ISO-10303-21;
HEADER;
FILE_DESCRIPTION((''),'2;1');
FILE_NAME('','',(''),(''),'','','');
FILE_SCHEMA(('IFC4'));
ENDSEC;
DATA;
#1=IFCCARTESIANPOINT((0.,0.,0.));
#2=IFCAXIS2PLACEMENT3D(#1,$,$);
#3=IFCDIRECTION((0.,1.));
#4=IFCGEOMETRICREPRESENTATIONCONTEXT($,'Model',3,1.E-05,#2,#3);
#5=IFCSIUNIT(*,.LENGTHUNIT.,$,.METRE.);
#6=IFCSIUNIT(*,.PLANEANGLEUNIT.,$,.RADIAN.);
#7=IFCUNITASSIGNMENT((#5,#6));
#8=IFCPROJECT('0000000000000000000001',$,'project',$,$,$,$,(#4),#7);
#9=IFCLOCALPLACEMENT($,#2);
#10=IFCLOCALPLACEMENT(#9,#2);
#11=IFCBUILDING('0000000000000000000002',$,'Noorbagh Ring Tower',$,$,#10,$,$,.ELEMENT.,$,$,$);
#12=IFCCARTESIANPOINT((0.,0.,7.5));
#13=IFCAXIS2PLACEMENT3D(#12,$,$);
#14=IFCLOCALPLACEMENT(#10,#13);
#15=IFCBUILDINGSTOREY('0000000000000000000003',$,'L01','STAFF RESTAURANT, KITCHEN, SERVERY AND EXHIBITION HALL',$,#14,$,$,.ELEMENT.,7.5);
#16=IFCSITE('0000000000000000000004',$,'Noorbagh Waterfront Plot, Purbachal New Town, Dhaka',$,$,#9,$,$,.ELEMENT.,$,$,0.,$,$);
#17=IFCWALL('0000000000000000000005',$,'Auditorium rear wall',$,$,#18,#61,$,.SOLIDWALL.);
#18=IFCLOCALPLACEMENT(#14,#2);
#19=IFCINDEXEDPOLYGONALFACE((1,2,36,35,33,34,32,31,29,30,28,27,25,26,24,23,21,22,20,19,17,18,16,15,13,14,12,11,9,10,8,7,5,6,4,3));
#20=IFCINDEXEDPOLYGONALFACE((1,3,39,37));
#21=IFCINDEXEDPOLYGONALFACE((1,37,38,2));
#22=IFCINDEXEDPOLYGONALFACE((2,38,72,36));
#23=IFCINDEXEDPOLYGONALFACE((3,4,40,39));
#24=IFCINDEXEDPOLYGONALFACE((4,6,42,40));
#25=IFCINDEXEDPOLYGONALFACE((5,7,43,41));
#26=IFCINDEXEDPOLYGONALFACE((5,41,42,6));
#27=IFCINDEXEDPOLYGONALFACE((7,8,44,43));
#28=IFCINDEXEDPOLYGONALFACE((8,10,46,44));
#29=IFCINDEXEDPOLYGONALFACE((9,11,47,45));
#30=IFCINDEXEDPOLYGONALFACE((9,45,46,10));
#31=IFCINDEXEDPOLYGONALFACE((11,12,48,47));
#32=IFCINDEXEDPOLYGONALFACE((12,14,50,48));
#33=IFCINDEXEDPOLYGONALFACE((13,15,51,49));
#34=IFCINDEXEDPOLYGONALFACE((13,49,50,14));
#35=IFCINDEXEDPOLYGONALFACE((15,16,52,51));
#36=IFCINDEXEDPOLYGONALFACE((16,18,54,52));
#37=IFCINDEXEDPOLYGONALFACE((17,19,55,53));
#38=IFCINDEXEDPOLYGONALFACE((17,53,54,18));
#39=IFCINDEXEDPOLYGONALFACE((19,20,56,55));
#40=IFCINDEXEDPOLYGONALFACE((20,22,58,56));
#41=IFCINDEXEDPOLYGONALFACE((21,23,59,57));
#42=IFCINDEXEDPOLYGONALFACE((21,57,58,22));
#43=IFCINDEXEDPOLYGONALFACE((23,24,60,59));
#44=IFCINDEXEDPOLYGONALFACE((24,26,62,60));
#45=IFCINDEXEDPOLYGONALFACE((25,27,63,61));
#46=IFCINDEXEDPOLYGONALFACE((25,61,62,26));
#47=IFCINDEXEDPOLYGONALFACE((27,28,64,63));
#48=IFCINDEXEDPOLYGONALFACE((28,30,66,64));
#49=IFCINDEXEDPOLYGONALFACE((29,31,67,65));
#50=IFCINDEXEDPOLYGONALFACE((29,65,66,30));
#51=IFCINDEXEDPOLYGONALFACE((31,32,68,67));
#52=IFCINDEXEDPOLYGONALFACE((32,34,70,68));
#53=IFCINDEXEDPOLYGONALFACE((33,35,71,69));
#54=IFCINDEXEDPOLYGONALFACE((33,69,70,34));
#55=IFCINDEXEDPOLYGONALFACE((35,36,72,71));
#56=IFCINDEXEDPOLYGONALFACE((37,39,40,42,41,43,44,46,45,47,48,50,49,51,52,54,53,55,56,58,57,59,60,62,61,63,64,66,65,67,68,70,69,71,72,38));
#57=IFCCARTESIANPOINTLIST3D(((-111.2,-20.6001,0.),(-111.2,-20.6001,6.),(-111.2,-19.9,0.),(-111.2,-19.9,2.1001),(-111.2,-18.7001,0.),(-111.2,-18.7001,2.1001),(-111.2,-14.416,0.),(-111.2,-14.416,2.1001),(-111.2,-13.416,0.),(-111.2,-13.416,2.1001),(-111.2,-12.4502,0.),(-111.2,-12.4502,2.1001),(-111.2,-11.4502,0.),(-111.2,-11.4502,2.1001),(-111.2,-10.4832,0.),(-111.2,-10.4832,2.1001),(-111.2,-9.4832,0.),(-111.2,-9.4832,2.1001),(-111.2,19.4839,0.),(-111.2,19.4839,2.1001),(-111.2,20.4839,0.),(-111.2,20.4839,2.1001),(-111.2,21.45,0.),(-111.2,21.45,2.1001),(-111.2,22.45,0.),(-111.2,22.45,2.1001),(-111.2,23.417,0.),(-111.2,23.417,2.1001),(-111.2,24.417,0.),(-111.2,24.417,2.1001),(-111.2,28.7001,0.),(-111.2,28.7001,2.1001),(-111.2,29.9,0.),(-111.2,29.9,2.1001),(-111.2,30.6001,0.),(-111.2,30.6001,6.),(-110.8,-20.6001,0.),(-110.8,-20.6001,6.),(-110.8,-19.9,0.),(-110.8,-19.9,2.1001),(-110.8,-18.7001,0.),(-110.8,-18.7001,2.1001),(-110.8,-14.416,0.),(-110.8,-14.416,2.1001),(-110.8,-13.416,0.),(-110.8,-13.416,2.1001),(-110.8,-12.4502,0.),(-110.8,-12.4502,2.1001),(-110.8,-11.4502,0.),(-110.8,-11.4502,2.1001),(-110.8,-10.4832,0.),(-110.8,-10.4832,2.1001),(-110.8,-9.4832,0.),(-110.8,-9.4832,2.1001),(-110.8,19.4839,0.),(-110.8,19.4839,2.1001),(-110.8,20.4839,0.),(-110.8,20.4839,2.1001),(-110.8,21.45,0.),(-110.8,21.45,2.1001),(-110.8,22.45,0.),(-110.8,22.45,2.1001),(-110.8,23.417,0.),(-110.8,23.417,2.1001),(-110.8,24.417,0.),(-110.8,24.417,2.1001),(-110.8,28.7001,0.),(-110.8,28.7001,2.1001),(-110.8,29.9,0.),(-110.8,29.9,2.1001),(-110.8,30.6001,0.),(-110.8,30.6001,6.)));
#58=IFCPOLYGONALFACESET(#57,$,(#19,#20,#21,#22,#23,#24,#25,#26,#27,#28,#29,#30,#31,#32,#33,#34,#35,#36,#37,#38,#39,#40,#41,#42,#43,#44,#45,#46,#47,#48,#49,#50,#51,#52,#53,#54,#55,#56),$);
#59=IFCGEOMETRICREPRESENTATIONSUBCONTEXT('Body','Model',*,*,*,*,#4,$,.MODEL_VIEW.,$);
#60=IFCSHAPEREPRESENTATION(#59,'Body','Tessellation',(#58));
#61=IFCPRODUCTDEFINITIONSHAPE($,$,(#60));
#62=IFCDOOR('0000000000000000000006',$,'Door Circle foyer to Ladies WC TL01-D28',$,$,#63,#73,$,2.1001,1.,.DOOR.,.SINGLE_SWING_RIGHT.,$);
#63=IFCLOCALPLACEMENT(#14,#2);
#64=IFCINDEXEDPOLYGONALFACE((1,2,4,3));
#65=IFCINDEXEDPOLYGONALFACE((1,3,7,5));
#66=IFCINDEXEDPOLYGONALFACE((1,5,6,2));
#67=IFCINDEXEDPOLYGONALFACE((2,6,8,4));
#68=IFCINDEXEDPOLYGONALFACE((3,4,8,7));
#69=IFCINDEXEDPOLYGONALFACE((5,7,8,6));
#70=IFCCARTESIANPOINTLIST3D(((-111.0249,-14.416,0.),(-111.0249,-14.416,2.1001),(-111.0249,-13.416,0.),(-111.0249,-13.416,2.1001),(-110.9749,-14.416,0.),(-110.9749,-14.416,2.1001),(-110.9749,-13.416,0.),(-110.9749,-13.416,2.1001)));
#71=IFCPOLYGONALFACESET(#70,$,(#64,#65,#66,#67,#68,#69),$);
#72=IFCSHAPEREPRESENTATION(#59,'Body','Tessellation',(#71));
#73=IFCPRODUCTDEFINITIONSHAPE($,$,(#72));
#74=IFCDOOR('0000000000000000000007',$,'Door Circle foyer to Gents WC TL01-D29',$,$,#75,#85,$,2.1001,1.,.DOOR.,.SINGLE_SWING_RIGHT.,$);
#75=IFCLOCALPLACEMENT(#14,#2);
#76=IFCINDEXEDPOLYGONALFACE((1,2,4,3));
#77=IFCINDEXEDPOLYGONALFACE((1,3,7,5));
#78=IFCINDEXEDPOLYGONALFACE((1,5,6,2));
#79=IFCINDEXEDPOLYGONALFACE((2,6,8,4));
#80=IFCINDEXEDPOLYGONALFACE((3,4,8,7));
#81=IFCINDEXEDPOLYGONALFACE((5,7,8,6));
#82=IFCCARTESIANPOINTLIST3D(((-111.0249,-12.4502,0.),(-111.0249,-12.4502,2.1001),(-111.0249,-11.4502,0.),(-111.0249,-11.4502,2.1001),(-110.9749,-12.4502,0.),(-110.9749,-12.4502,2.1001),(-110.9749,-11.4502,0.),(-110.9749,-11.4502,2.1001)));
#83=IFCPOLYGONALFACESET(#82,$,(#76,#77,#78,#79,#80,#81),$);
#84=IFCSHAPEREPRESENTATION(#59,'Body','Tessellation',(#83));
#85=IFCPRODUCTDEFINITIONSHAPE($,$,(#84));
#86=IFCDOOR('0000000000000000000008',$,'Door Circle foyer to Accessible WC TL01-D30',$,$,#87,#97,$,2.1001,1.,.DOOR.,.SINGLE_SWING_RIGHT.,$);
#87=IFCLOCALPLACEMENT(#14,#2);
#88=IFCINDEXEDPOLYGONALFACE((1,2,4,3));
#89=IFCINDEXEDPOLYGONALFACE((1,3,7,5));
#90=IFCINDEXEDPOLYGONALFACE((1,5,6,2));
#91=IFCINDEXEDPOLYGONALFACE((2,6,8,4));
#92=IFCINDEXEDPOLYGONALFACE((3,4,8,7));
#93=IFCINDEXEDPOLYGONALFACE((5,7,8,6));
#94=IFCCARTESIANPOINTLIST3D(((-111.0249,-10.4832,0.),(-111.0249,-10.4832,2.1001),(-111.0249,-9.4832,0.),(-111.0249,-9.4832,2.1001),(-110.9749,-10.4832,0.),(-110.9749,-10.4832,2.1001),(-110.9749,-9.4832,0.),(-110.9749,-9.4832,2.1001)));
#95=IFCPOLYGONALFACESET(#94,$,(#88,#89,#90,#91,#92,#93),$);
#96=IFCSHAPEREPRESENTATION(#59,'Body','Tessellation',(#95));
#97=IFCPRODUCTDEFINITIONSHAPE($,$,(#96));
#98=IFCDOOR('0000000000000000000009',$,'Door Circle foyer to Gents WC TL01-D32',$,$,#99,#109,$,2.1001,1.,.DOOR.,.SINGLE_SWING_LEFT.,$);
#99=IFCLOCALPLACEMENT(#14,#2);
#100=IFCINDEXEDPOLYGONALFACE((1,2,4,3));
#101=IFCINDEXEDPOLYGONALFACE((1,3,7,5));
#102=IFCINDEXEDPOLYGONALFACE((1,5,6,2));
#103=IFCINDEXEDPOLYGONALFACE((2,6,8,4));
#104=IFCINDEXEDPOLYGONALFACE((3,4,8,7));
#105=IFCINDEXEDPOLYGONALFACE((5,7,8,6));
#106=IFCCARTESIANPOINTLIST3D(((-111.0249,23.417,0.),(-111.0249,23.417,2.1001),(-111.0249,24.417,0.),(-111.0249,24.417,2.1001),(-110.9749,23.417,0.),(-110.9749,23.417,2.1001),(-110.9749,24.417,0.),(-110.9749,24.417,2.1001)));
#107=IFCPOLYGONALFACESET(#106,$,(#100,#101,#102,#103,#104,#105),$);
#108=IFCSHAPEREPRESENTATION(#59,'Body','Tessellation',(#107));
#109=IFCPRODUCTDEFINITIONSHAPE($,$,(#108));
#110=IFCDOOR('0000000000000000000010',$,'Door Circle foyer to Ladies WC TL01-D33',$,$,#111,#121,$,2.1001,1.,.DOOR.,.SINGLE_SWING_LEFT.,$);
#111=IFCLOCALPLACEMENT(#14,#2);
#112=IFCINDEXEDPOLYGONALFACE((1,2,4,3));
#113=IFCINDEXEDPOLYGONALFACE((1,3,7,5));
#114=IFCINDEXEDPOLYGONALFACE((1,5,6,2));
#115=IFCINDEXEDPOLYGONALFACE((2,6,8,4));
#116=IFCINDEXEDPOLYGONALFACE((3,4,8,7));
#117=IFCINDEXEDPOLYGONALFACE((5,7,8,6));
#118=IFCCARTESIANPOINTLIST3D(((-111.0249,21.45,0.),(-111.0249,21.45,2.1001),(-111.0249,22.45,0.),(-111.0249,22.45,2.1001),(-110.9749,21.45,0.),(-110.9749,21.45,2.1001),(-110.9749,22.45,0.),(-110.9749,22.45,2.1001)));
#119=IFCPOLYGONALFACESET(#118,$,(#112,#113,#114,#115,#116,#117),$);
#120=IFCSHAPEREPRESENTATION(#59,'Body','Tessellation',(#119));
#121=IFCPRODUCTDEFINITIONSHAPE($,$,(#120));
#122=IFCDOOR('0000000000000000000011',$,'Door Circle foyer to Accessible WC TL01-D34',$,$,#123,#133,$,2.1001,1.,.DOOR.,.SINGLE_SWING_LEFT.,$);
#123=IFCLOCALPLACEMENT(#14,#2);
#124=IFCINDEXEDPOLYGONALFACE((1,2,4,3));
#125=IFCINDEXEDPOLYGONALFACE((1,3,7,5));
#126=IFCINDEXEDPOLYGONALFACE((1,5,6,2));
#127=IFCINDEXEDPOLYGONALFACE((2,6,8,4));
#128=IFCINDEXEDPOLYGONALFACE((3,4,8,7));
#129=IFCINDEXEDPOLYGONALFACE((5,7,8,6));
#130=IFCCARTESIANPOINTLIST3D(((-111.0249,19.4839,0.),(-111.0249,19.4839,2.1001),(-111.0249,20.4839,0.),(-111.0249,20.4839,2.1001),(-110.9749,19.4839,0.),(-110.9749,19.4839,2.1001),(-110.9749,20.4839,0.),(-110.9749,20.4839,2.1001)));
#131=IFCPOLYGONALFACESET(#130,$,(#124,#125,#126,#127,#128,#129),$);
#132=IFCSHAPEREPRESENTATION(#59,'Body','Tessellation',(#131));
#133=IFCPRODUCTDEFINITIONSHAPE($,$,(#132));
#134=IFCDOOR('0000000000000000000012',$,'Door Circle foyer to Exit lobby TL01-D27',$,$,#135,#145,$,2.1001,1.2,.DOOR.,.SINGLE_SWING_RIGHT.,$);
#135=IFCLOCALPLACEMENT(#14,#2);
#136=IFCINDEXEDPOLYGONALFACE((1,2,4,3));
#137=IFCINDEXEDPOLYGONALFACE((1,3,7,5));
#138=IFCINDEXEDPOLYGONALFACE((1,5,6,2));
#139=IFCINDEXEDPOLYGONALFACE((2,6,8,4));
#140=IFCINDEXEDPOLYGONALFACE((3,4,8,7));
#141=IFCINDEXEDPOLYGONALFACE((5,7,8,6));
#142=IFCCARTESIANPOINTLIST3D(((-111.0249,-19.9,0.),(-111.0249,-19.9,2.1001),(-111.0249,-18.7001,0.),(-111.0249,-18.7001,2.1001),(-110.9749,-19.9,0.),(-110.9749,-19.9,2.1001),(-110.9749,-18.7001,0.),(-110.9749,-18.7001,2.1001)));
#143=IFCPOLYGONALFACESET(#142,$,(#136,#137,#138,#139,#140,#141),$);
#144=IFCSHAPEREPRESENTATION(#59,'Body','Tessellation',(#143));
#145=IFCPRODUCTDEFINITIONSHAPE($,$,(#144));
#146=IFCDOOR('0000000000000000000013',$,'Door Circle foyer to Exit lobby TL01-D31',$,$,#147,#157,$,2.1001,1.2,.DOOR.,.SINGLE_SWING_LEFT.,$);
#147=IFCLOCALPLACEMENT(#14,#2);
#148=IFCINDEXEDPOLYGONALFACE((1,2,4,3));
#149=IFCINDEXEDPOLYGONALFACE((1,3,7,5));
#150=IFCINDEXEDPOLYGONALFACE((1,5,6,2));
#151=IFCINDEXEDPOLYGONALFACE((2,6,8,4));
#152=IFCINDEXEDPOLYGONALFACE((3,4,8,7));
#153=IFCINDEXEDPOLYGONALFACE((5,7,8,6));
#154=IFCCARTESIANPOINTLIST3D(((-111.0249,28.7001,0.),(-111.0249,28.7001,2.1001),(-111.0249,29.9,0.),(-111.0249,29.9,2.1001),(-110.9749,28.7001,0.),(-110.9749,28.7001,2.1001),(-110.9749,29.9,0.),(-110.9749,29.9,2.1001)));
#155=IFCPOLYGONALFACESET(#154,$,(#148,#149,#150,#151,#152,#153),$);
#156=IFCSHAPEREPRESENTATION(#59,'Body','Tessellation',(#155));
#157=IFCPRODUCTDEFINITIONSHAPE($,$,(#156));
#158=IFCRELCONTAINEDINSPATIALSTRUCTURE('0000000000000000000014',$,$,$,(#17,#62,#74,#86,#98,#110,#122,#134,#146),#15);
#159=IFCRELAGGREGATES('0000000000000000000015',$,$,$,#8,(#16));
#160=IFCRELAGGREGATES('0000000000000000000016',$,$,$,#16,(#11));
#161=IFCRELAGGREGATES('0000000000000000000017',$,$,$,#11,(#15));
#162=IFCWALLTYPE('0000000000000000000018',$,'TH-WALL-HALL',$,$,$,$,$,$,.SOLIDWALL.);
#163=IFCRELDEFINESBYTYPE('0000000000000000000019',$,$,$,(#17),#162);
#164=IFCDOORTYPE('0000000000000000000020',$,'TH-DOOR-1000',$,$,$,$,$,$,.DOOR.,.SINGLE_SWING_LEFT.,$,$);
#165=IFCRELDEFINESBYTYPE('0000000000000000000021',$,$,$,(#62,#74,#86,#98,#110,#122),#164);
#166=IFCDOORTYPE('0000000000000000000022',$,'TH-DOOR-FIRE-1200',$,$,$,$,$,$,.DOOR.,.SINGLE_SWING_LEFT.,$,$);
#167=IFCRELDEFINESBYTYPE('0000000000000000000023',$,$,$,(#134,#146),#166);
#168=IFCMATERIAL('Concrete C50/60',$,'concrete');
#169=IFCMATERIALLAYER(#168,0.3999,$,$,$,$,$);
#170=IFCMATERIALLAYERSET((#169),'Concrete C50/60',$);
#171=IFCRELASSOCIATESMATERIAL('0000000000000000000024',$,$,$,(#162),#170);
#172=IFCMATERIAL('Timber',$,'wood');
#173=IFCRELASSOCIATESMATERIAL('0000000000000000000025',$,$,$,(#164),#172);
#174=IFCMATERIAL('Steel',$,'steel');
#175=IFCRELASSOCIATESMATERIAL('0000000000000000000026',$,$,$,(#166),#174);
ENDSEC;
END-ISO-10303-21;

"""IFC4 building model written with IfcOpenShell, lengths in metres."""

from ifc_helpers import new_model, si_unit, direction, frame, frame_2d, origin, place, context, subcontext, project, spatial, rectangle, extrude, material, layer, layer_set, type_object, element, fill, save


model = new_model("IFC4")

# Units and contexts
model_context = context("Model", 3, precision=1e-05, world=origin(), true_north=direction((0.0, 1.0)))
body_context = subcontext(model_context, "Body", "Model", "MODEL_VIEW")
ifc_project = project(units=[si_unit("LENGTHUNIT", "METRE"), si_unit("PLANEANGLEUNIT", "RADIAN")], contexts=[model_context])

# Site, building, storey
site_placement = place(None, origin())
site = spatial("IfcSite", under=ifc_project, at=site_placement, Name="Noorbagh Waterfront Plot, Purbachal New Town, Dhaka", CompositionType="ELEMENT", RefElevation=0.0)
building_placement = place(site_placement, origin())
building = spatial("IfcBuilding", under=site, at=building_placement, Name="Noorbagh Ring Tower", CompositionType="ELEMENT")
storey_placement = place(building_placement, frame((0.0, 0.0, 7.5)))
storey = spatial("IfcBuildingStorey", under=building, at=storey_placement, Name="L01", Description="STAFF RESTAURANT, KITCHEN, SERVERY AND EXHIBITION HALL", CompositionType="ELEMENT", Elevation=7.5)

# Wall, openings, doors
ifc_material_1 = material(Name="Concrete C50/60", Category="concrete")
ifc_layer_1 = layer(ifc_material_1, 0.3999)
ifc_layer_set_1 = layer_set([ifc_layer_1], Name="Concrete C50/60")
wall_type_1 = type_object("IfcWallType", Name="TH-WALL-HALL", PredefinedType="SOLIDWALL", material=ifc_layer_set_1)
wall_1_placement = place(storey_placement, frame((-111.0, -20.6001, 0.0), z_axis=(0.0, 0.0, 1.0), x_axis=(0.0, 1.0, 0.0)))
wall_1 = element("IfcWall", 1, at=wall_1_placement, inside=storey, type_object=wall_type_1, Name="Auditorium rear wall", PredefinedType="SOLIDWALL", context=body_context, shape_type="SweptSolid", body=[
    extrude(rectangle(XDim=51.2002, YDim=0.3999, at=frame_2d((25.6001, 0.0))), origin(), (0.0, 0.0, 1.0), 6.0),
])
opening_1_placement = place(wall_1_placement, frame((0.7, 0.0, 0.0)))
opening_1 = element("IfcOpeningElement", 2, at=opening_1_placement, cuts=wall_1, PredefinedType="OPENING", context=body_context, shape_type="SweptSolid", body=[
    extrude(rectangle(XDim=1.2, YDim=2.1001, at=frame_2d((0.6001, 1.05))), frame((0.0, 0.21, 0.0), z_axis=(0.0, -1.0, 0.0), x_axis=(1.0, 0.0, 0.0)), (0.0, 0.0, 1.0), 0.4199),
])
opening_2_placement = place(wall_1_placement, frame((6.1841, 0.0, 0.0)))
opening_2 = element("IfcOpeningElement", 3, at=opening_2_placement, cuts=wall_1, PredefinedType="OPENING", context=body_context, shape_type="SweptSolid", body=[
    extrude(rectangle(XDim=1.0, YDim=2.1001, at=frame_2d((0.5, 1.05))), frame((0.0, 0.21, 0.0), z_axis=(0.0, -1.0, 0.0), x_axis=(1.0, 0.0, 0.0)), (0.0, 0.0, 1.0), 0.4199),
])
opening_3_placement = place(wall_1_placement, frame((8.1499, 0.0, 0.0)))
opening_3 = element("IfcOpeningElement", 4, at=opening_3_placement, cuts=wall_1, PredefinedType="OPENING", context=body_context, shape_type="SweptSolid", body=[
    extrude(rectangle(XDim=1.0, YDim=2.1001, at=frame_2d((0.5, 1.05))), frame((0.0, 0.21, 0.0), z_axis=(0.0, -1.0, 0.0), x_axis=(1.0, 0.0, 0.0)), (0.0, 0.0, 1.0), 0.4199),
])
opening_4_placement = place(wall_1_placement, frame((10.1169, 0.0, 0.0)))
opening_4 = element("IfcOpeningElement", 5, at=opening_4_placement, cuts=wall_1, PredefinedType="OPENING", context=body_context, shape_type="SweptSolid", body=[
    extrude(rectangle(XDim=1.0, YDim=2.1001, at=frame_2d((0.5, 1.05))), frame((0.0, 0.21, 0.0), z_axis=(0.0, -1.0, 0.0), x_axis=(1.0, 0.0, 0.0)), (0.0, 0.0, 1.0), 0.4199),
])
opening_5_placement = place(wall_1_placement, frame((49.3, 0.0, 0.0)))
opening_5 = element("IfcOpeningElement", 6, at=opening_5_placement, cuts=wall_1, PredefinedType="OPENING", context=body_context, shape_type="SweptSolid", body=[
    extrude(rectangle(XDim=1.2, YDim=2.1001, at=frame_2d((0.6001, 1.05))), frame((0.0, 0.21, 0.0), z_axis=(0.0, -1.0, 0.0), x_axis=(1.0, 0.0, 0.0)), (0.0, 0.0, 1.0), 0.4199),
])
opening_6_placement = place(wall_1_placement, frame((44.0171, 0.0, 0.0)))
opening_6 = element("IfcOpeningElement", 7, at=opening_6_placement, cuts=wall_1, PredefinedType="OPENING", context=body_context, shape_type="SweptSolid", body=[
    extrude(rectangle(XDim=1.0, YDim=2.1001, at=frame_2d((0.5, 1.05))), frame((0.0, 0.21, 0.0), z_axis=(0.0, -1.0, 0.0), x_axis=(1.0, 0.0, 0.0)), (0.0, 0.0, 1.0), 0.4199),
])
opening_7_placement = place(wall_1_placement, frame((42.05, 0.0, 0.0)))
opening_7 = element("IfcOpeningElement", 8, at=opening_7_placement, cuts=wall_1, PredefinedType="OPENING", context=body_context, shape_type="SweptSolid", body=[
    extrude(rectangle(XDim=1.0, YDim=2.1001, at=frame_2d((0.5, 1.05))), frame((0.0, 0.21, 0.0), z_axis=(0.0, -1.0, 0.0), x_axis=(1.0, 0.0, 0.0)), (0.0, 0.0, 1.0), 0.4199),
])
opening_8_placement = place(wall_1_placement, frame((40.084, 0.0, 0.0)))
opening_8 = element("IfcOpeningElement", 9, at=opening_8_placement, cuts=wall_1, PredefinedType="OPENING", context=body_context, shape_type="SweptSolid", body=[
    extrude(rectangle(XDim=1.0, YDim=2.1001, at=frame_2d((0.5, 1.05))), frame((0.0, 0.21, 0.0), z_axis=(0.0, -1.0, 0.0), x_axis=(1.0, 0.0, 0.0)), (0.0, 0.0, 1.0), 0.4199),
])
ifc_material_2 = material(Name="Timber", Category="wood")
door_type_1 = type_object("IfcDoorType", Name="TH-DOOR-1000", OperationType="SINGLE_SWING_LEFT", PredefinedType="DOOR", material=ifc_material_2)
door_1_placement = place(opening_2_placement, origin())
door_1 = element("IfcDoor", 10, at=door_1_placement, inside=storey, type_object=door_type_1, Name="Door Circle foyer to Ladies WC TL01-D28", OperationType="SINGLE_SWING_RIGHT", OverallHeight=2.1001, OverallWidth=1.0, PredefinedType="DOOR", context=body_context, shape_type="SweptSolid", body=[
    extrude(rectangle(XDim=1.0, YDim=2.1001, at=frame_2d((0.5, 1.05))), frame((0.0, 0.0249, 0.0), z_axis=(0.0, -1.0, 0.0), x_axis=(1.0, 0.0, 0.0)), (0.0, 0.0, 1.0), 0.05),
])
fill(opening_2, door_1)
door_2_placement = place(opening_3_placement, origin())
door_2 = element("IfcDoor", 11, at=door_2_placement, inside=storey, type_object=door_type_1, Name="Door Circle foyer to Gents WC TL01-D29", OperationType="SINGLE_SWING_RIGHT", OverallHeight=2.1001, OverallWidth=1.0, PredefinedType="DOOR", context=body_context, shape_type="SweptSolid", body=[
    extrude(rectangle(XDim=1.0, YDim=2.1001, at=frame_2d((0.5, 1.05))), frame((0.0, 0.0249, 0.0), z_axis=(0.0, -1.0, 0.0), x_axis=(1.0, 0.0, 0.0)), (0.0, 0.0, 1.0), 0.05),
])
fill(opening_3, door_2)
door_3_placement = place(opening_4_placement, origin())
door_3 = element("IfcDoor", 12, at=door_3_placement, inside=storey, type_object=door_type_1, Name="Door Circle foyer to Accessible WC TL01-D30", OperationType="SINGLE_SWING_RIGHT", OverallHeight=2.1001, OverallWidth=1.0, PredefinedType="DOOR", context=body_context, shape_type="SweptSolid", body=[
    extrude(rectangle(XDim=1.0, YDim=2.1001, at=frame_2d((0.5, 1.05))), frame((0.0, 0.0249, 0.0), z_axis=(0.0, -1.0, 0.0), x_axis=(1.0, 0.0, 0.0)), (0.0, 0.0, 1.0), 0.05),
])
fill(opening_4, door_3)
door_4_placement = place(opening_6_placement, origin())
door_4 = element("IfcDoor", 13, at=door_4_placement, inside=storey, type_object=door_type_1, Name="Door Circle foyer to Gents WC TL01-D32", OperationType="SINGLE_SWING_LEFT", OverallHeight=2.1001, OverallWidth=1.0, PredefinedType="DOOR", context=body_context, shape_type="SweptSolid", body=[
    extrude(rectangle(XDim=1.0, YDim=2.1001, at=frame_2d((0.5, 1.05))), frame((0.0, 0.0249, 0.0), z_axis=(0.0, -1.0, 0.0), x_axis=(1.0, 0.0, 0.0)), (0.0, 0.0, 1.0), 0.05),
])
fill(opening_6, door_4)
door_5_placement = place(opening_7_placement, origin())
door_5 = element("IfcDoor", 14, at=door_5_placement, inside=storey, type_object=door_type_1, Name="Door Circle foyer to Ladies WC TL01-D33", OperationType="SINGLE_SWING_LEFT", OverallHeight=2.1001, OverallWidth=1.0, PredefinedType="DOOR", context=body_context, shape_type="SweptSolid", body=[
    extrude(rectangle(XDim=1.0, YDim=2.1001, at=frame_2d((0.5, 1.05))), frame((0.0, 0.0249, 0.0), z_axis=(0.0, -1.0, 0.0), x_axis=(1.0, 0.0, 0.0)), (0.0, 0.0, 1.0), 0.05),
])
fill(opening_7, door_5)
door_6_placement = place(opening_8_placement, origin())
door_6 = element("IfcDoor", 15, at=door_6_placement, inside=storey, type_object=door_type_1, Name="Door Circle foyer to Accessible WC TL01-D34", OperationType="SINGLE_SWING_LEFT", OverallHeight=2.1001, OverallWidth=1.0, PredefinedType="DOOR", context=body_context, shape_type="SweptSolid", body=[
    extrude(rectangle(XDim=1.0, YDim=2.1001, at=frame_2d((0.5, 1.05))), frame((0.0, 0.0249, 0.0), z_axis=(0.0, -1.0, 0.0), x_axis=(1.0, 0.0, 0.0)), (0.0, 0.0, 1.0), 0.05),
])
fill(opening_8, door_6)
ifc_material_3 = material(Name="Steel", Category="steel")
door_type_2 = type_object("IfcDoorType", Name="TH-DOOR-FIRE-1200", OperationType="SINGLE_SWING_LEFT", PredefinedType="DOOR", material=ifc_material_3)
door_7_placement = place(opening_1_placement, origin())
door_7 = element("IfcDoor", 16, at=door_7_placement, inside=storey, type_object=door_type_2, Name="Door Circle foyer to Exit lobby TL01-D27", OperationType="SINGLE_SWING_RIGHT", OverallHeight=2.1001, OverallWidth=1.2, PredefinedType="DOOR", context=body_context, shape_type="SweptSolid", body=[
    extrude(rectangle(XDim=1.2, YDim=2.1001, at=frame_2d((0.6001, 1.05))), frame((0.0, 0.0249, 0.0), z_axis=(0.0, -1.0, 0.0), x_axis=(1.0, 0.0, 0.0)), (0.0, 0.0, 1.0), 0.05),
])
fill(opening_1, door_7)
door_8_placement = place(opening_5_placement, origin())
door_8 = element("IfcDoor", 17, at=door_8_placement, inside=storey, type_object=door_type_2, Name="Door Circle foyer to Exit lobby TL01-D31", OperationType="SINGLE_SWING_LEFT", OverallHeight=2.1001, OverallWidth=1.2, PredefinedType="DOOR", context=body_context, shape_type="SweptSolid", body=[
    extrude(rectangle(XDim=1.2, YDim=2.1001, at=frame_2d((0.6001, 1.05))), frame((0.0, 0.0249, 0.0), z_axis=(0.0, -1.0, 0.0), x_axis=(1.0, 0.0, 0.0)), (0.0, 0.0, 1.0), 0.05),
])
fill(opening_5, door_8)

save(model, "model.ifc")
